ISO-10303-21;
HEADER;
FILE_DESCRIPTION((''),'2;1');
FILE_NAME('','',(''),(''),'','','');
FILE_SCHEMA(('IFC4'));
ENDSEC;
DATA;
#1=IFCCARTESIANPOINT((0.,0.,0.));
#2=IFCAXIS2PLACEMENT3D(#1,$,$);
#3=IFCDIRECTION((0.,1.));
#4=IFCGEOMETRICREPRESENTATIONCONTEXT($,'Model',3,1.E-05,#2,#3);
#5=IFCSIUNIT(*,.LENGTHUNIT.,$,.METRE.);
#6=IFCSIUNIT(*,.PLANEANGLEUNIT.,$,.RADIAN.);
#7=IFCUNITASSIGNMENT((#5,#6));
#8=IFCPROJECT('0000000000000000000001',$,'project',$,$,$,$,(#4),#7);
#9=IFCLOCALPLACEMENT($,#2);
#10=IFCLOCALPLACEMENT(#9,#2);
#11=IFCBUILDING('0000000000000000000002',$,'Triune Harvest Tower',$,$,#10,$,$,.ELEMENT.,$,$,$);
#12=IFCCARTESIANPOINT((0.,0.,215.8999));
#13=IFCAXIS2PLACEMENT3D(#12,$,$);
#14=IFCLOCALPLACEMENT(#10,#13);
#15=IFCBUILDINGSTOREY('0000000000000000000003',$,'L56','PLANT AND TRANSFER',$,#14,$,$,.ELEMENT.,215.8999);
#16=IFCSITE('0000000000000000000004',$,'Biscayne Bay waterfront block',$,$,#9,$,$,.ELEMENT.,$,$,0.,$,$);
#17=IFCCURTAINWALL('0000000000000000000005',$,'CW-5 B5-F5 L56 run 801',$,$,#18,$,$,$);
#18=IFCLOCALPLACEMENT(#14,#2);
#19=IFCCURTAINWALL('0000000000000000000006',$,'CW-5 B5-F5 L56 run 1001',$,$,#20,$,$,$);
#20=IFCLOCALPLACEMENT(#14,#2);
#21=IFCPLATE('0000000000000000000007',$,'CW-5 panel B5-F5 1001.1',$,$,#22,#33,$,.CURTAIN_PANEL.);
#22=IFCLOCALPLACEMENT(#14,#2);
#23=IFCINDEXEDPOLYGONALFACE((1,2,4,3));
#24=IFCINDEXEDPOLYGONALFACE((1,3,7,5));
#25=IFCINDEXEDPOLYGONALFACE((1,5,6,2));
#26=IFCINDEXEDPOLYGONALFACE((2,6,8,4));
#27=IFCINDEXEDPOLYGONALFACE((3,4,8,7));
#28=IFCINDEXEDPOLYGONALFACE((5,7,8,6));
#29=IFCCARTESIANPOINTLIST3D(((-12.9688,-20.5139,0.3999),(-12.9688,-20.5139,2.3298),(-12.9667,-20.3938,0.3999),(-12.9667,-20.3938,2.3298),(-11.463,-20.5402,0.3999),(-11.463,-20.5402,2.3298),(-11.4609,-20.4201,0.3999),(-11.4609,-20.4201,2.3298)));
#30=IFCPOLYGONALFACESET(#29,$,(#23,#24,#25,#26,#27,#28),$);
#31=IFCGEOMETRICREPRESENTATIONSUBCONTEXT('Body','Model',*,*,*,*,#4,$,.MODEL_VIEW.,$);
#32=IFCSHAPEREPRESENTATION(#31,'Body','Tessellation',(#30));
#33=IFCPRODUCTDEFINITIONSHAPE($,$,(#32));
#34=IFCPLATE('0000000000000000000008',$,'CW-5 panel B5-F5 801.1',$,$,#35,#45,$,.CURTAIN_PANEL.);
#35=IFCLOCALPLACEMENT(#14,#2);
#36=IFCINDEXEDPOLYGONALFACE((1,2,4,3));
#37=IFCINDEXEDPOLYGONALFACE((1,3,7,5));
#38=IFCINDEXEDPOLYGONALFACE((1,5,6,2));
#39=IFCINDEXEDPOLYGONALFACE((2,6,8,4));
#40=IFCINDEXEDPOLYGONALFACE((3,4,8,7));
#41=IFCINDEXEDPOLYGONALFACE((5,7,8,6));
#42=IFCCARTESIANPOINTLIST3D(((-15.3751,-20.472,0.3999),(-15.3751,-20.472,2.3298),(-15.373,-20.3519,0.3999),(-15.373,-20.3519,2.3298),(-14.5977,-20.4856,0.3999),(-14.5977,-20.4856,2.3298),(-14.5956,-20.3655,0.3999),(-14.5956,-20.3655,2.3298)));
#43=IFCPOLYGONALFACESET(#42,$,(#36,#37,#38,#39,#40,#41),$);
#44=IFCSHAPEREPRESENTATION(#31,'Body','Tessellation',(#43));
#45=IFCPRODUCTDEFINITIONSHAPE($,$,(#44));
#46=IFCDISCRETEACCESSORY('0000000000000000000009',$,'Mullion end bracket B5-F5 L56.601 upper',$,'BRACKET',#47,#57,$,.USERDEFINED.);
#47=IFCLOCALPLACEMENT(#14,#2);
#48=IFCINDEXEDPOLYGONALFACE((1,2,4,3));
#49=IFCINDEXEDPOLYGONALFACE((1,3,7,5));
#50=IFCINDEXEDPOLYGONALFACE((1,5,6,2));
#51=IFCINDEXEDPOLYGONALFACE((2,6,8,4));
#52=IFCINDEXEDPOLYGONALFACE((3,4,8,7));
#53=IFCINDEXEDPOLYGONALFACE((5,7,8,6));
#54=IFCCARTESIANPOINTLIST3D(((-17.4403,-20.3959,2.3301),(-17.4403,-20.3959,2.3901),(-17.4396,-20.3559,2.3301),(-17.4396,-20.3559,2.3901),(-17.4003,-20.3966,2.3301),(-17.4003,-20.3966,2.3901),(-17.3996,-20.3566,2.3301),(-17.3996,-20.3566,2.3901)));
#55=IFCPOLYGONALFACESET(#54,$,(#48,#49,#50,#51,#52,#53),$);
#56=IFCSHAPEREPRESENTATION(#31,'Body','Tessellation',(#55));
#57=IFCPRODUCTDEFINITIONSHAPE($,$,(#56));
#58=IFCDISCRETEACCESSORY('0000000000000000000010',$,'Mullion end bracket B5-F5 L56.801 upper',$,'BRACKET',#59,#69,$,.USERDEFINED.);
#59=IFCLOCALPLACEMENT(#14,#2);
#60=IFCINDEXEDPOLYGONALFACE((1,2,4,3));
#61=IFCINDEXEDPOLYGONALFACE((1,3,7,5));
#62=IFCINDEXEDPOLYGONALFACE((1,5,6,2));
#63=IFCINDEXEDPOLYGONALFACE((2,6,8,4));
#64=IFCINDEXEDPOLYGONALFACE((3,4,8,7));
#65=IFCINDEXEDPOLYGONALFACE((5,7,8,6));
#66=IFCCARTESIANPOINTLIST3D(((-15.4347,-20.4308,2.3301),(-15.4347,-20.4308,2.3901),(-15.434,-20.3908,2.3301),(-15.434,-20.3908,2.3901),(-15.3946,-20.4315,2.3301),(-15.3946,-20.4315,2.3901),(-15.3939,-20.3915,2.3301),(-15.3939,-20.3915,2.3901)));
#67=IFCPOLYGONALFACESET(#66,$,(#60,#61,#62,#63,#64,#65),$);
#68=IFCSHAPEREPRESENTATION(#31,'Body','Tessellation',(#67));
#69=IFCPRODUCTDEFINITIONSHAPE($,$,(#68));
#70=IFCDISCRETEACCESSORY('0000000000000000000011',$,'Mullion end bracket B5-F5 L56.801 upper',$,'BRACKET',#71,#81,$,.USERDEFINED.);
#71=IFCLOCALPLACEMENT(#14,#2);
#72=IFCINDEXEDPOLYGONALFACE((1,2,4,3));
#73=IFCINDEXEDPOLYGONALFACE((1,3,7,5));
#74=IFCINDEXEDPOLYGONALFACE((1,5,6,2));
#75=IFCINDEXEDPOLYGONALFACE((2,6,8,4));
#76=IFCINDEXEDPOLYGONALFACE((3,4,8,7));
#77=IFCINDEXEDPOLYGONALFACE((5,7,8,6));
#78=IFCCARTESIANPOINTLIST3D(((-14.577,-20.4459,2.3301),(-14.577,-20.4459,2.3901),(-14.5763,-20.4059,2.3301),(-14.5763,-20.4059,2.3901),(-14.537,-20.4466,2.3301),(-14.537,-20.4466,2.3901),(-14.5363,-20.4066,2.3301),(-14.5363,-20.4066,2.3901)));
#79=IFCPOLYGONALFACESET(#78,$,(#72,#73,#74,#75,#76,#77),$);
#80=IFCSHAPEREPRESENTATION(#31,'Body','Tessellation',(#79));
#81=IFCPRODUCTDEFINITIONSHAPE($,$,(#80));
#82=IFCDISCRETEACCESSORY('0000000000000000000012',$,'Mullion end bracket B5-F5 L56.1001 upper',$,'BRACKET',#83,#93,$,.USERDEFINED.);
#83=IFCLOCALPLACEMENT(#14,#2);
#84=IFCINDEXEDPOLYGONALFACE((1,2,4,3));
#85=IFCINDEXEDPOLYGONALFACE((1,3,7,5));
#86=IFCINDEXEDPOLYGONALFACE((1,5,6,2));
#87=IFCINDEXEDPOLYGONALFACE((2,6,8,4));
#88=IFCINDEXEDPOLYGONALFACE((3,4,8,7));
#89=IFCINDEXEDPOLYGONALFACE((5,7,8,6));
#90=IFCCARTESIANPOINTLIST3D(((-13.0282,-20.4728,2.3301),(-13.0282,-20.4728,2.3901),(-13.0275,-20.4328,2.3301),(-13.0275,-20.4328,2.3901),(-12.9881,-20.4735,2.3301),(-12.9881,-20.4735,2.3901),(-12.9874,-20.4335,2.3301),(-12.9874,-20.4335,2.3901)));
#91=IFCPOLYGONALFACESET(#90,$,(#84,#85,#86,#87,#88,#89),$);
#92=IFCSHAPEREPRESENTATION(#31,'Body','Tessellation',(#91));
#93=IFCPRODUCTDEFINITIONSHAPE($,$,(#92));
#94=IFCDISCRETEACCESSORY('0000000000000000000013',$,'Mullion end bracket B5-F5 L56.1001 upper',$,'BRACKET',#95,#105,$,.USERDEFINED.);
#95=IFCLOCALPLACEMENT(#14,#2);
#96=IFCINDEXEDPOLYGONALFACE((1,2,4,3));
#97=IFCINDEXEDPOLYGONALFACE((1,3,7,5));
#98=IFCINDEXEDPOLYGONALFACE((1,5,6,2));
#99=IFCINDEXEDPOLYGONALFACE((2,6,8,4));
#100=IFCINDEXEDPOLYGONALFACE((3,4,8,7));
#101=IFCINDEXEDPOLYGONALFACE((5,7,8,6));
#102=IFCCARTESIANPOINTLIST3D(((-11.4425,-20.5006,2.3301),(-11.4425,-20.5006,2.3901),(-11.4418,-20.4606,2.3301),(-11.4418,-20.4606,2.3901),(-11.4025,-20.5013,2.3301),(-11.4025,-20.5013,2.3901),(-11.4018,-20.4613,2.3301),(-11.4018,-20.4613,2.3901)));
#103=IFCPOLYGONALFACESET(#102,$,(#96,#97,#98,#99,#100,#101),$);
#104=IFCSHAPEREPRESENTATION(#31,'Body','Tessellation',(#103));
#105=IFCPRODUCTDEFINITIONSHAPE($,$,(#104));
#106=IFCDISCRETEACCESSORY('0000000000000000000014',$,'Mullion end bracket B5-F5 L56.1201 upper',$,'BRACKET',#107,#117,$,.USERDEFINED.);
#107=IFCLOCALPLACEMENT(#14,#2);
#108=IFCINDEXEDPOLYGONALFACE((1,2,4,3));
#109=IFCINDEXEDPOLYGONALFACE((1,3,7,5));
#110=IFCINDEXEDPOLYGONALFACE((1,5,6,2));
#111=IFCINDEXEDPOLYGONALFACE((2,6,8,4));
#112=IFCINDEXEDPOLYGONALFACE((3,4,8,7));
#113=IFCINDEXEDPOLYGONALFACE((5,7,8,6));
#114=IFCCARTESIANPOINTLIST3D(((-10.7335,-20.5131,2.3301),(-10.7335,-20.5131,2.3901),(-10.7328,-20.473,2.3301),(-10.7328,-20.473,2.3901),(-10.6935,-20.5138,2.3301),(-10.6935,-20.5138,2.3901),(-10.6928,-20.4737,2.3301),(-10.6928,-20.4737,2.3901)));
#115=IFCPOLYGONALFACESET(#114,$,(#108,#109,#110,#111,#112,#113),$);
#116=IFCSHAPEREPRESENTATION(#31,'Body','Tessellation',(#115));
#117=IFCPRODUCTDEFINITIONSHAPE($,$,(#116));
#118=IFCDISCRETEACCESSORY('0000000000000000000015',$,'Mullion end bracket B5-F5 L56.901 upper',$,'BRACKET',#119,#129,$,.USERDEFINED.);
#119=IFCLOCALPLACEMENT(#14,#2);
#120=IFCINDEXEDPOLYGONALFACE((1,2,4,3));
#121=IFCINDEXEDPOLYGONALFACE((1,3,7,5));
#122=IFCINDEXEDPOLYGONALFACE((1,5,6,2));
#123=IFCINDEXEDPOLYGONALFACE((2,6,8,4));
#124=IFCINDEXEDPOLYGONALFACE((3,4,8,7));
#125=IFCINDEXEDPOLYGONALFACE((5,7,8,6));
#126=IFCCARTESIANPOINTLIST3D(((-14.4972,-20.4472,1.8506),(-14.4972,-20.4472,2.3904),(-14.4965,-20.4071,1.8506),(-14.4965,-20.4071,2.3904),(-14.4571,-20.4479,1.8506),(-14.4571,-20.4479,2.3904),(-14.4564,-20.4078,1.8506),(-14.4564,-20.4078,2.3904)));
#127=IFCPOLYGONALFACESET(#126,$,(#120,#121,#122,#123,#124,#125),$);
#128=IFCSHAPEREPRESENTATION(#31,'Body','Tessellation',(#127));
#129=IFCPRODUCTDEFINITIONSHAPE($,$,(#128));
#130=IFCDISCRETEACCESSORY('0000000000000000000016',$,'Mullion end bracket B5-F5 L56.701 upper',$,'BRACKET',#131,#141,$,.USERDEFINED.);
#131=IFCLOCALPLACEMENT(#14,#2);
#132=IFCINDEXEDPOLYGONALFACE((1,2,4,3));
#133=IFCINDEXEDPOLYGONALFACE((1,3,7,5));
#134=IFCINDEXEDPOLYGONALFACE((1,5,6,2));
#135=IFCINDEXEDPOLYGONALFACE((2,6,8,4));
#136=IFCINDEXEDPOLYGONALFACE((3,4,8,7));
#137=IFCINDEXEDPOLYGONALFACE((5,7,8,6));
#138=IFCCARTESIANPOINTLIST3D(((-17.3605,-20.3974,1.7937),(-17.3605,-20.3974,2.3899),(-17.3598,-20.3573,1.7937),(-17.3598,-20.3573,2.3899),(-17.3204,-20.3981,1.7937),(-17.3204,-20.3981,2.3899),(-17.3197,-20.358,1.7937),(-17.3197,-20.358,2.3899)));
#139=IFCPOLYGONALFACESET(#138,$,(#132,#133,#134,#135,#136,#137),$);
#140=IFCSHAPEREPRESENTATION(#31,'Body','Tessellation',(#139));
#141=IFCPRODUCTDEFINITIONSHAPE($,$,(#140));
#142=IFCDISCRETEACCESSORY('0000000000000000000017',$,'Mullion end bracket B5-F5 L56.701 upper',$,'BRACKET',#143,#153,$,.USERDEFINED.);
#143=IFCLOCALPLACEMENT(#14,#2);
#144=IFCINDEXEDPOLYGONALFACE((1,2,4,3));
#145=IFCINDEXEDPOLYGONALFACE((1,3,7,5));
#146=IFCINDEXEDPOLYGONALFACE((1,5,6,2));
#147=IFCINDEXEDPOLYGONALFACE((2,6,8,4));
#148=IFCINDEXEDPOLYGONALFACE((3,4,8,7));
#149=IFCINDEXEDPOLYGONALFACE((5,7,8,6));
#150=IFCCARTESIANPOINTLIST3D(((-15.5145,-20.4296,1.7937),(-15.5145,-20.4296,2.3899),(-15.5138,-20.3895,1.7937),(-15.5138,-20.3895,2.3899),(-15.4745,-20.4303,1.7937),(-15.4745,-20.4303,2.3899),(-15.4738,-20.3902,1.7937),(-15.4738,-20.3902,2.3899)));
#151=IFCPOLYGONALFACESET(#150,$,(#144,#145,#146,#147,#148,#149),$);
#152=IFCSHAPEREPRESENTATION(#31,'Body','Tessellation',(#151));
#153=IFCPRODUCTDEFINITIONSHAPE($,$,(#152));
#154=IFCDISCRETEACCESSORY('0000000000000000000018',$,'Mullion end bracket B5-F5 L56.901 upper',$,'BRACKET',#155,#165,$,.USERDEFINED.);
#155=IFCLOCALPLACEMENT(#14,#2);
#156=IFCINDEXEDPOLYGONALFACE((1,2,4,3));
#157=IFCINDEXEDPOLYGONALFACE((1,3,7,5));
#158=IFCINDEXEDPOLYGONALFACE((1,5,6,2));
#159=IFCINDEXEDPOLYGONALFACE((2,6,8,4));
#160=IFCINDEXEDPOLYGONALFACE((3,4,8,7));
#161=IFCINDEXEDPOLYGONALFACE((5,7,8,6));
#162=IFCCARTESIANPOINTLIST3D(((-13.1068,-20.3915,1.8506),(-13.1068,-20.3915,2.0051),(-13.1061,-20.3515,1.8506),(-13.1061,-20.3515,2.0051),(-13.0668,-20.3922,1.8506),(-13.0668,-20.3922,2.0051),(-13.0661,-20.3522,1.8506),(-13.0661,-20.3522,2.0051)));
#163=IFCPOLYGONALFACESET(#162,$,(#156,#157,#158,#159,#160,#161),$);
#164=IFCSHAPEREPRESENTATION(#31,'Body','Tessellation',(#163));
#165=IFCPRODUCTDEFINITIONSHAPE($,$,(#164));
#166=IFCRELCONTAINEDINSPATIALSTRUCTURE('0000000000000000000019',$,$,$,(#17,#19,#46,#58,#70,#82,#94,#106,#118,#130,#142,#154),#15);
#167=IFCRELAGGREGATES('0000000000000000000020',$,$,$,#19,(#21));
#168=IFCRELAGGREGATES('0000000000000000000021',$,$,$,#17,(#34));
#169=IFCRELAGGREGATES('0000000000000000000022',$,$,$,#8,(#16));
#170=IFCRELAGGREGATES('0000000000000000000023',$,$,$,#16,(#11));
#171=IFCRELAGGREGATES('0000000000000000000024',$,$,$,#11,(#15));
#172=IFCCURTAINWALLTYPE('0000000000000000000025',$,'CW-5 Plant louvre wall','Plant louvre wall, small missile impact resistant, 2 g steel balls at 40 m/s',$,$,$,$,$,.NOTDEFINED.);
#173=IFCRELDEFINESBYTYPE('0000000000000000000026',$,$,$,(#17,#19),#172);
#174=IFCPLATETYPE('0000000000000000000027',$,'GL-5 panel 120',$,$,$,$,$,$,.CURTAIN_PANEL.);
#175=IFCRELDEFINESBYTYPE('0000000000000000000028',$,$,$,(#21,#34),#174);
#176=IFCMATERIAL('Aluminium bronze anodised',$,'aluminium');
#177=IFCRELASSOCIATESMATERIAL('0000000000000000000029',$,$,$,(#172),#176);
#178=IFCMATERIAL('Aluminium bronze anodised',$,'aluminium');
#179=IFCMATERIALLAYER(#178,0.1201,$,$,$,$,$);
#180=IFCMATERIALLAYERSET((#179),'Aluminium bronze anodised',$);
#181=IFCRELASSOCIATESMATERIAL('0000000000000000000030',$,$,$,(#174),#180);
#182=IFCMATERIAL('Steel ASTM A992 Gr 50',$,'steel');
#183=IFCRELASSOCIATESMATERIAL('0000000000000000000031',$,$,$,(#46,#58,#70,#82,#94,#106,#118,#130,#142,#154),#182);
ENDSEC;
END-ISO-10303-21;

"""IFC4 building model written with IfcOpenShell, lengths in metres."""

from ifc_helpers import new_model, si_unit, direction, frame, origin, origin_2d, place, context, subcontext, project, spatial, rectangle, extrude, source, transform, mapped, material, layer, layer_set, type_object, element, aggregate, save


model = new_model("IFC4")

# Units and contexts
model_context = context("Model", 3, precision=1e-05, world=origin(), true_north=direction((0.0, 1.0)))
body_context = subcontext(model_context, "Body", "Model", "MODEL_VIEW")
ifc_project = project(units=[si_unit("LENGTHUNIT", "METRE"), si_unit("PLANEANGLEUNIT", "RADIAN")], contexts=[model_context])

# Site, building, storey
site_placement = place(None, origin())
site = spatial("IfcSite", under=ifc_project, at=site_placement, Name="Biscayne Bay waterfront block", CompositionType="ELEMENT", RefElevation=0.0)
building_placement = place(site_placement, origin())
building = spatial("IfcBuilding", under=site, at=building_placement, Name="Triune Harvest Tower", CompositionType="ELEMENT")
storey_placement = place(building_placement, frame((0.0, 0.0, 215.8999)))
storey = spatial("IfcBuildingStorey", under=building, at=storey_placement, Name="L56", Description="PLANT AND TRANSFER", CompositionType="ELEMENT", Elevation=215.8999)

# Shared definitions
ifc_material_1 = material(Name="Aluminium bronze anodised", Category="aluminium")
curtain_wall_type = type_object("IfcCurtainWallType", Name="CW-5 Plant louvre wall", Description="Plant louvre wall, small missile impact resistant, 2 g steel balls at 40 m/s", PredefinedType="NOTDEFINED", material=ifc_material_1)

# Curtain walls
curtain_wall_1_placement = place(storey_placement, origin())
curtain_wall_1 = element("IfcCurtainWall", 1, at=curtain_wall_1_placement, inside=storey, type_object=curtain_wall_type, Name="CW-5 B5-F5 L56 run 801")
curtain_wall_2_placement = place(storey_placement, origin())
curtain_wall_2 = element("IfcCurtainWall", 2, at=curtain_wall_2_placement, inside=storey, type_object=curtain_wall_type, Name="CW-5 B5-F5 L56 run 1001")

# Plates
ifc_material_2 = material(Name="Aluminium bronze anodised", Category="aluminium")
ifc_layer = layer(ifc_material_2, 0.1201)
ifc_layer_set = layer_set([ifc_layer], Name="Aluminium bronze anodised")
plate_type = type_object("IfcPlateType", Name="GL-5 panel 120", PredefinedType="CURTAIN_PANEL", material=ifc_layer_set)
shared_shape_1 = source(origin(), body_context, "Body", "SweptSolid", [
    extrude(rectangle(XDim=1.5061, YDim=0.1201, at=origin_2d()), origin(), (0.0, 0.0, 1.0), 1.9299),
])
plate_1_placement = place(storey_placement, frame((-12.2148, -20.467, 0.3999), z_axis=(0.0, 0.0, 1.0), x_axis=(0.999847, -0.017466, 0.0)))
plate_1 = element("IfcPlate", 3, at=plate_1_placement, type_object=plate_type, Name="CW-5 panel B5-F5 1001.1", PredefinedType="CURTAIN_PANEL", context=body_context, shape_type="MappedRepresentation", body=[
    mapped(shared_shape_1, transform((0.0, 0.0, 0.0), scale=1.0)),
])
aggregate(curtain_wall_2, [plate_1])
shared_shape_2 = source(origin(), body_context, "Body", "SweptSolid", [
    extrude(rectangle(XDim=0.7776, YDim=0.1201, at=origin_2d()), origin(), (0.0, 0.0, 1.0), 1.9299),
])
plate_2_placement = place(storey_placement, frame((-14.9854, -20.4187, 0.3999), z_axis=(0.0, 0.0, 1.0), x_axis=(0.999847, -0.017491, 0.0)))
plate_2 = element("IfcPlate", 4, at=plate_2_placement, type_object=plate_type, Name="CW-5 panel B5-F5 801.1", PredefinedType="CURTAIN_PANEL", context=body_context, shape_type="MappedRepresentation", body=[
    mapped(shared_shape_2, transform((0.0, 0.0, 0.0), scale=1.0)),
])
aggregate(curtain_wall_1, [plate_2])

# Discrete accessories
ifc_material_3 = material(Name="Steel ASTM A992 Gr 50", Category="steel")
shared_shape_3 = source(origin(), body_context, "Body", "SweptSolid", [
    extrude(rectangle(XDim=0.04, YDim=0.04, at=origin_2d()), origin(), (0.0, 0.0, 1.0), 0.0601),
])
for number, where, z_axis, x_axis, name in (
    (5, (-17.4199, -20.3762, 2.3301), (0.0, 0.0, 1.0), (0.999848, -0.017445, 0.0), "Mullion end bracket B5-F5 L56.601 upper"),
    (6, (-15.4143, -20.4111, 2.3301), (0.0, 0.0, 1.0), (0.999847, -0.017491, 0.0), "Mullion end bracket B5-F5 L56.801 upper"),
    (7, (-14.5566, -20.4263, 2.3301), (0.0, 0.0, 1.0), (0.999847, -0.017491, 0.0), "Mullion end bracket B5-F5 L56.801 upper"),
    (8, (-13.0078, -20.4531, 2.3301), (0.0, 0.0, 1.0), (0.999847, -0.017466, 0.0), "Mullion end bracket B5-F5 L56.1001 upper"),
    (9, (-11.4221, -20.481, 2.3301), (0.0, 0.0, 1.0), (0.999847, -0.017466, 0.0), "Mullion end bracket B5-F5 L56.1001 upper"),
    (10, (-10.7131, -20.4934, 2.3301), (0.0, 0.0, 1.0), (0.999848, -0.017449, 0.0), "Mullion end bracket B5-F5 L56.1201 upper"),
):
    element("IfcDiscreteAccessory", number, at=place(storey_placement, frame(where, z_axis=z_axis, x_axis=x_axis)), inside=storey, material=ifc_material_3, Name=name, ObjectType="BRACKET", PredefinedType="USERDEFINED", context=body_context, shape_type="MappedRepresentation", body=[
        mapped(shared_shape_3, transform((0.0, 0.0, 0.0), scale=1.0)),
    ])
shared_shape_4 = source(origin(), body_context, "Body", "SweptSolid", [
    extrude(rectangle(XDim=0.04, YDim=0.04, at=origin_2d()), origin(), (0.0, 0.0, 1.0), 0.5398),
])
discrete_accessory_1_placement = place(storey_placement, frame((-14.4768, -20.4275, 1.8506), z_axis=(0.0, 0.0, 1.0), x_axis=(0.999848, -0.017426, 0.0)))
element("IfcDiscreteAccessory", 11, at=discrete_accessory_1_placement, inside=storey, material=ifc_material_3, Name="Mullion end bracket B5-F5 L56.901 upper", ObjectType="BRACKET", PredefinedType="USERDEFINED", context=body_context, shape_type="MappedRepresentation", body=[
    mapped(shared_shape_4, transform((0.0, 0.0, 0.0), scale=1.0)),
])
shared_shape_5 = source(origin(), body_context, "Body", "SweptSolid", [
    extrude(rectangle(XDim=0.04, YDim=0.04, at=origin_2d()), origin(), (0.0, 0.0, 1.0), 0.5962),
])
for number, where, z_axis, x_axis, name in (
    (12, (-17.3401, -20.3777, 1.7937), (0.0, 0.0, 1.0), (0.999848, -0.017445, 0.0), "Mullion end bracket B5-F5 L56.701 upper"),
    (13, (-15.4941, -20.4099, 1.7937), (0.0, 0.0, 1.0), (0.999848, -0.017445, 0.0), "Mullion end bracket B5-F5 L56.701 upper"),
):
    element("IfcDiscreteAccessory", number, at=place(storey_placement, frame(where, z_axis=z_axis, x_axis=x_axis)), inside=storey, material=ifc_material_3, Name=name, ObjectType="BRACKET", PredefinedType="USERDEFINED", context=body_context, shape_type="MappedRepresentation", body=[
        mapped(shared_shape_5, transform((0.0, 0.0, 0.0), scale=1.0)),
    ])
discrete_accessory_2_placement = place(storey_placement, frame((-13.0864, -20.3718, 1.8506), z_axis=(0.0, 0.0, 1.0), x_axis=(0.999848, -0.017426, 0.0)))
element("IfcDiscreteAccessory", 14, at=discrete_accessory_2_placement, inside=storey, material=ifc_material_3, Name="Mullion end bracket B5-F5 L56.901 upper", ObjectType="BRACKET", PredefinedType="USERDEFINED", context=body_context, shape_type="SweptSolid", body=[
    extrude(rectangle(XDim=0.04, YDim=0.04, at=origin_2d()), origin(), (0.0, 0.0, 1.0), 0.1545),
])

save(model, "model.ifc")
